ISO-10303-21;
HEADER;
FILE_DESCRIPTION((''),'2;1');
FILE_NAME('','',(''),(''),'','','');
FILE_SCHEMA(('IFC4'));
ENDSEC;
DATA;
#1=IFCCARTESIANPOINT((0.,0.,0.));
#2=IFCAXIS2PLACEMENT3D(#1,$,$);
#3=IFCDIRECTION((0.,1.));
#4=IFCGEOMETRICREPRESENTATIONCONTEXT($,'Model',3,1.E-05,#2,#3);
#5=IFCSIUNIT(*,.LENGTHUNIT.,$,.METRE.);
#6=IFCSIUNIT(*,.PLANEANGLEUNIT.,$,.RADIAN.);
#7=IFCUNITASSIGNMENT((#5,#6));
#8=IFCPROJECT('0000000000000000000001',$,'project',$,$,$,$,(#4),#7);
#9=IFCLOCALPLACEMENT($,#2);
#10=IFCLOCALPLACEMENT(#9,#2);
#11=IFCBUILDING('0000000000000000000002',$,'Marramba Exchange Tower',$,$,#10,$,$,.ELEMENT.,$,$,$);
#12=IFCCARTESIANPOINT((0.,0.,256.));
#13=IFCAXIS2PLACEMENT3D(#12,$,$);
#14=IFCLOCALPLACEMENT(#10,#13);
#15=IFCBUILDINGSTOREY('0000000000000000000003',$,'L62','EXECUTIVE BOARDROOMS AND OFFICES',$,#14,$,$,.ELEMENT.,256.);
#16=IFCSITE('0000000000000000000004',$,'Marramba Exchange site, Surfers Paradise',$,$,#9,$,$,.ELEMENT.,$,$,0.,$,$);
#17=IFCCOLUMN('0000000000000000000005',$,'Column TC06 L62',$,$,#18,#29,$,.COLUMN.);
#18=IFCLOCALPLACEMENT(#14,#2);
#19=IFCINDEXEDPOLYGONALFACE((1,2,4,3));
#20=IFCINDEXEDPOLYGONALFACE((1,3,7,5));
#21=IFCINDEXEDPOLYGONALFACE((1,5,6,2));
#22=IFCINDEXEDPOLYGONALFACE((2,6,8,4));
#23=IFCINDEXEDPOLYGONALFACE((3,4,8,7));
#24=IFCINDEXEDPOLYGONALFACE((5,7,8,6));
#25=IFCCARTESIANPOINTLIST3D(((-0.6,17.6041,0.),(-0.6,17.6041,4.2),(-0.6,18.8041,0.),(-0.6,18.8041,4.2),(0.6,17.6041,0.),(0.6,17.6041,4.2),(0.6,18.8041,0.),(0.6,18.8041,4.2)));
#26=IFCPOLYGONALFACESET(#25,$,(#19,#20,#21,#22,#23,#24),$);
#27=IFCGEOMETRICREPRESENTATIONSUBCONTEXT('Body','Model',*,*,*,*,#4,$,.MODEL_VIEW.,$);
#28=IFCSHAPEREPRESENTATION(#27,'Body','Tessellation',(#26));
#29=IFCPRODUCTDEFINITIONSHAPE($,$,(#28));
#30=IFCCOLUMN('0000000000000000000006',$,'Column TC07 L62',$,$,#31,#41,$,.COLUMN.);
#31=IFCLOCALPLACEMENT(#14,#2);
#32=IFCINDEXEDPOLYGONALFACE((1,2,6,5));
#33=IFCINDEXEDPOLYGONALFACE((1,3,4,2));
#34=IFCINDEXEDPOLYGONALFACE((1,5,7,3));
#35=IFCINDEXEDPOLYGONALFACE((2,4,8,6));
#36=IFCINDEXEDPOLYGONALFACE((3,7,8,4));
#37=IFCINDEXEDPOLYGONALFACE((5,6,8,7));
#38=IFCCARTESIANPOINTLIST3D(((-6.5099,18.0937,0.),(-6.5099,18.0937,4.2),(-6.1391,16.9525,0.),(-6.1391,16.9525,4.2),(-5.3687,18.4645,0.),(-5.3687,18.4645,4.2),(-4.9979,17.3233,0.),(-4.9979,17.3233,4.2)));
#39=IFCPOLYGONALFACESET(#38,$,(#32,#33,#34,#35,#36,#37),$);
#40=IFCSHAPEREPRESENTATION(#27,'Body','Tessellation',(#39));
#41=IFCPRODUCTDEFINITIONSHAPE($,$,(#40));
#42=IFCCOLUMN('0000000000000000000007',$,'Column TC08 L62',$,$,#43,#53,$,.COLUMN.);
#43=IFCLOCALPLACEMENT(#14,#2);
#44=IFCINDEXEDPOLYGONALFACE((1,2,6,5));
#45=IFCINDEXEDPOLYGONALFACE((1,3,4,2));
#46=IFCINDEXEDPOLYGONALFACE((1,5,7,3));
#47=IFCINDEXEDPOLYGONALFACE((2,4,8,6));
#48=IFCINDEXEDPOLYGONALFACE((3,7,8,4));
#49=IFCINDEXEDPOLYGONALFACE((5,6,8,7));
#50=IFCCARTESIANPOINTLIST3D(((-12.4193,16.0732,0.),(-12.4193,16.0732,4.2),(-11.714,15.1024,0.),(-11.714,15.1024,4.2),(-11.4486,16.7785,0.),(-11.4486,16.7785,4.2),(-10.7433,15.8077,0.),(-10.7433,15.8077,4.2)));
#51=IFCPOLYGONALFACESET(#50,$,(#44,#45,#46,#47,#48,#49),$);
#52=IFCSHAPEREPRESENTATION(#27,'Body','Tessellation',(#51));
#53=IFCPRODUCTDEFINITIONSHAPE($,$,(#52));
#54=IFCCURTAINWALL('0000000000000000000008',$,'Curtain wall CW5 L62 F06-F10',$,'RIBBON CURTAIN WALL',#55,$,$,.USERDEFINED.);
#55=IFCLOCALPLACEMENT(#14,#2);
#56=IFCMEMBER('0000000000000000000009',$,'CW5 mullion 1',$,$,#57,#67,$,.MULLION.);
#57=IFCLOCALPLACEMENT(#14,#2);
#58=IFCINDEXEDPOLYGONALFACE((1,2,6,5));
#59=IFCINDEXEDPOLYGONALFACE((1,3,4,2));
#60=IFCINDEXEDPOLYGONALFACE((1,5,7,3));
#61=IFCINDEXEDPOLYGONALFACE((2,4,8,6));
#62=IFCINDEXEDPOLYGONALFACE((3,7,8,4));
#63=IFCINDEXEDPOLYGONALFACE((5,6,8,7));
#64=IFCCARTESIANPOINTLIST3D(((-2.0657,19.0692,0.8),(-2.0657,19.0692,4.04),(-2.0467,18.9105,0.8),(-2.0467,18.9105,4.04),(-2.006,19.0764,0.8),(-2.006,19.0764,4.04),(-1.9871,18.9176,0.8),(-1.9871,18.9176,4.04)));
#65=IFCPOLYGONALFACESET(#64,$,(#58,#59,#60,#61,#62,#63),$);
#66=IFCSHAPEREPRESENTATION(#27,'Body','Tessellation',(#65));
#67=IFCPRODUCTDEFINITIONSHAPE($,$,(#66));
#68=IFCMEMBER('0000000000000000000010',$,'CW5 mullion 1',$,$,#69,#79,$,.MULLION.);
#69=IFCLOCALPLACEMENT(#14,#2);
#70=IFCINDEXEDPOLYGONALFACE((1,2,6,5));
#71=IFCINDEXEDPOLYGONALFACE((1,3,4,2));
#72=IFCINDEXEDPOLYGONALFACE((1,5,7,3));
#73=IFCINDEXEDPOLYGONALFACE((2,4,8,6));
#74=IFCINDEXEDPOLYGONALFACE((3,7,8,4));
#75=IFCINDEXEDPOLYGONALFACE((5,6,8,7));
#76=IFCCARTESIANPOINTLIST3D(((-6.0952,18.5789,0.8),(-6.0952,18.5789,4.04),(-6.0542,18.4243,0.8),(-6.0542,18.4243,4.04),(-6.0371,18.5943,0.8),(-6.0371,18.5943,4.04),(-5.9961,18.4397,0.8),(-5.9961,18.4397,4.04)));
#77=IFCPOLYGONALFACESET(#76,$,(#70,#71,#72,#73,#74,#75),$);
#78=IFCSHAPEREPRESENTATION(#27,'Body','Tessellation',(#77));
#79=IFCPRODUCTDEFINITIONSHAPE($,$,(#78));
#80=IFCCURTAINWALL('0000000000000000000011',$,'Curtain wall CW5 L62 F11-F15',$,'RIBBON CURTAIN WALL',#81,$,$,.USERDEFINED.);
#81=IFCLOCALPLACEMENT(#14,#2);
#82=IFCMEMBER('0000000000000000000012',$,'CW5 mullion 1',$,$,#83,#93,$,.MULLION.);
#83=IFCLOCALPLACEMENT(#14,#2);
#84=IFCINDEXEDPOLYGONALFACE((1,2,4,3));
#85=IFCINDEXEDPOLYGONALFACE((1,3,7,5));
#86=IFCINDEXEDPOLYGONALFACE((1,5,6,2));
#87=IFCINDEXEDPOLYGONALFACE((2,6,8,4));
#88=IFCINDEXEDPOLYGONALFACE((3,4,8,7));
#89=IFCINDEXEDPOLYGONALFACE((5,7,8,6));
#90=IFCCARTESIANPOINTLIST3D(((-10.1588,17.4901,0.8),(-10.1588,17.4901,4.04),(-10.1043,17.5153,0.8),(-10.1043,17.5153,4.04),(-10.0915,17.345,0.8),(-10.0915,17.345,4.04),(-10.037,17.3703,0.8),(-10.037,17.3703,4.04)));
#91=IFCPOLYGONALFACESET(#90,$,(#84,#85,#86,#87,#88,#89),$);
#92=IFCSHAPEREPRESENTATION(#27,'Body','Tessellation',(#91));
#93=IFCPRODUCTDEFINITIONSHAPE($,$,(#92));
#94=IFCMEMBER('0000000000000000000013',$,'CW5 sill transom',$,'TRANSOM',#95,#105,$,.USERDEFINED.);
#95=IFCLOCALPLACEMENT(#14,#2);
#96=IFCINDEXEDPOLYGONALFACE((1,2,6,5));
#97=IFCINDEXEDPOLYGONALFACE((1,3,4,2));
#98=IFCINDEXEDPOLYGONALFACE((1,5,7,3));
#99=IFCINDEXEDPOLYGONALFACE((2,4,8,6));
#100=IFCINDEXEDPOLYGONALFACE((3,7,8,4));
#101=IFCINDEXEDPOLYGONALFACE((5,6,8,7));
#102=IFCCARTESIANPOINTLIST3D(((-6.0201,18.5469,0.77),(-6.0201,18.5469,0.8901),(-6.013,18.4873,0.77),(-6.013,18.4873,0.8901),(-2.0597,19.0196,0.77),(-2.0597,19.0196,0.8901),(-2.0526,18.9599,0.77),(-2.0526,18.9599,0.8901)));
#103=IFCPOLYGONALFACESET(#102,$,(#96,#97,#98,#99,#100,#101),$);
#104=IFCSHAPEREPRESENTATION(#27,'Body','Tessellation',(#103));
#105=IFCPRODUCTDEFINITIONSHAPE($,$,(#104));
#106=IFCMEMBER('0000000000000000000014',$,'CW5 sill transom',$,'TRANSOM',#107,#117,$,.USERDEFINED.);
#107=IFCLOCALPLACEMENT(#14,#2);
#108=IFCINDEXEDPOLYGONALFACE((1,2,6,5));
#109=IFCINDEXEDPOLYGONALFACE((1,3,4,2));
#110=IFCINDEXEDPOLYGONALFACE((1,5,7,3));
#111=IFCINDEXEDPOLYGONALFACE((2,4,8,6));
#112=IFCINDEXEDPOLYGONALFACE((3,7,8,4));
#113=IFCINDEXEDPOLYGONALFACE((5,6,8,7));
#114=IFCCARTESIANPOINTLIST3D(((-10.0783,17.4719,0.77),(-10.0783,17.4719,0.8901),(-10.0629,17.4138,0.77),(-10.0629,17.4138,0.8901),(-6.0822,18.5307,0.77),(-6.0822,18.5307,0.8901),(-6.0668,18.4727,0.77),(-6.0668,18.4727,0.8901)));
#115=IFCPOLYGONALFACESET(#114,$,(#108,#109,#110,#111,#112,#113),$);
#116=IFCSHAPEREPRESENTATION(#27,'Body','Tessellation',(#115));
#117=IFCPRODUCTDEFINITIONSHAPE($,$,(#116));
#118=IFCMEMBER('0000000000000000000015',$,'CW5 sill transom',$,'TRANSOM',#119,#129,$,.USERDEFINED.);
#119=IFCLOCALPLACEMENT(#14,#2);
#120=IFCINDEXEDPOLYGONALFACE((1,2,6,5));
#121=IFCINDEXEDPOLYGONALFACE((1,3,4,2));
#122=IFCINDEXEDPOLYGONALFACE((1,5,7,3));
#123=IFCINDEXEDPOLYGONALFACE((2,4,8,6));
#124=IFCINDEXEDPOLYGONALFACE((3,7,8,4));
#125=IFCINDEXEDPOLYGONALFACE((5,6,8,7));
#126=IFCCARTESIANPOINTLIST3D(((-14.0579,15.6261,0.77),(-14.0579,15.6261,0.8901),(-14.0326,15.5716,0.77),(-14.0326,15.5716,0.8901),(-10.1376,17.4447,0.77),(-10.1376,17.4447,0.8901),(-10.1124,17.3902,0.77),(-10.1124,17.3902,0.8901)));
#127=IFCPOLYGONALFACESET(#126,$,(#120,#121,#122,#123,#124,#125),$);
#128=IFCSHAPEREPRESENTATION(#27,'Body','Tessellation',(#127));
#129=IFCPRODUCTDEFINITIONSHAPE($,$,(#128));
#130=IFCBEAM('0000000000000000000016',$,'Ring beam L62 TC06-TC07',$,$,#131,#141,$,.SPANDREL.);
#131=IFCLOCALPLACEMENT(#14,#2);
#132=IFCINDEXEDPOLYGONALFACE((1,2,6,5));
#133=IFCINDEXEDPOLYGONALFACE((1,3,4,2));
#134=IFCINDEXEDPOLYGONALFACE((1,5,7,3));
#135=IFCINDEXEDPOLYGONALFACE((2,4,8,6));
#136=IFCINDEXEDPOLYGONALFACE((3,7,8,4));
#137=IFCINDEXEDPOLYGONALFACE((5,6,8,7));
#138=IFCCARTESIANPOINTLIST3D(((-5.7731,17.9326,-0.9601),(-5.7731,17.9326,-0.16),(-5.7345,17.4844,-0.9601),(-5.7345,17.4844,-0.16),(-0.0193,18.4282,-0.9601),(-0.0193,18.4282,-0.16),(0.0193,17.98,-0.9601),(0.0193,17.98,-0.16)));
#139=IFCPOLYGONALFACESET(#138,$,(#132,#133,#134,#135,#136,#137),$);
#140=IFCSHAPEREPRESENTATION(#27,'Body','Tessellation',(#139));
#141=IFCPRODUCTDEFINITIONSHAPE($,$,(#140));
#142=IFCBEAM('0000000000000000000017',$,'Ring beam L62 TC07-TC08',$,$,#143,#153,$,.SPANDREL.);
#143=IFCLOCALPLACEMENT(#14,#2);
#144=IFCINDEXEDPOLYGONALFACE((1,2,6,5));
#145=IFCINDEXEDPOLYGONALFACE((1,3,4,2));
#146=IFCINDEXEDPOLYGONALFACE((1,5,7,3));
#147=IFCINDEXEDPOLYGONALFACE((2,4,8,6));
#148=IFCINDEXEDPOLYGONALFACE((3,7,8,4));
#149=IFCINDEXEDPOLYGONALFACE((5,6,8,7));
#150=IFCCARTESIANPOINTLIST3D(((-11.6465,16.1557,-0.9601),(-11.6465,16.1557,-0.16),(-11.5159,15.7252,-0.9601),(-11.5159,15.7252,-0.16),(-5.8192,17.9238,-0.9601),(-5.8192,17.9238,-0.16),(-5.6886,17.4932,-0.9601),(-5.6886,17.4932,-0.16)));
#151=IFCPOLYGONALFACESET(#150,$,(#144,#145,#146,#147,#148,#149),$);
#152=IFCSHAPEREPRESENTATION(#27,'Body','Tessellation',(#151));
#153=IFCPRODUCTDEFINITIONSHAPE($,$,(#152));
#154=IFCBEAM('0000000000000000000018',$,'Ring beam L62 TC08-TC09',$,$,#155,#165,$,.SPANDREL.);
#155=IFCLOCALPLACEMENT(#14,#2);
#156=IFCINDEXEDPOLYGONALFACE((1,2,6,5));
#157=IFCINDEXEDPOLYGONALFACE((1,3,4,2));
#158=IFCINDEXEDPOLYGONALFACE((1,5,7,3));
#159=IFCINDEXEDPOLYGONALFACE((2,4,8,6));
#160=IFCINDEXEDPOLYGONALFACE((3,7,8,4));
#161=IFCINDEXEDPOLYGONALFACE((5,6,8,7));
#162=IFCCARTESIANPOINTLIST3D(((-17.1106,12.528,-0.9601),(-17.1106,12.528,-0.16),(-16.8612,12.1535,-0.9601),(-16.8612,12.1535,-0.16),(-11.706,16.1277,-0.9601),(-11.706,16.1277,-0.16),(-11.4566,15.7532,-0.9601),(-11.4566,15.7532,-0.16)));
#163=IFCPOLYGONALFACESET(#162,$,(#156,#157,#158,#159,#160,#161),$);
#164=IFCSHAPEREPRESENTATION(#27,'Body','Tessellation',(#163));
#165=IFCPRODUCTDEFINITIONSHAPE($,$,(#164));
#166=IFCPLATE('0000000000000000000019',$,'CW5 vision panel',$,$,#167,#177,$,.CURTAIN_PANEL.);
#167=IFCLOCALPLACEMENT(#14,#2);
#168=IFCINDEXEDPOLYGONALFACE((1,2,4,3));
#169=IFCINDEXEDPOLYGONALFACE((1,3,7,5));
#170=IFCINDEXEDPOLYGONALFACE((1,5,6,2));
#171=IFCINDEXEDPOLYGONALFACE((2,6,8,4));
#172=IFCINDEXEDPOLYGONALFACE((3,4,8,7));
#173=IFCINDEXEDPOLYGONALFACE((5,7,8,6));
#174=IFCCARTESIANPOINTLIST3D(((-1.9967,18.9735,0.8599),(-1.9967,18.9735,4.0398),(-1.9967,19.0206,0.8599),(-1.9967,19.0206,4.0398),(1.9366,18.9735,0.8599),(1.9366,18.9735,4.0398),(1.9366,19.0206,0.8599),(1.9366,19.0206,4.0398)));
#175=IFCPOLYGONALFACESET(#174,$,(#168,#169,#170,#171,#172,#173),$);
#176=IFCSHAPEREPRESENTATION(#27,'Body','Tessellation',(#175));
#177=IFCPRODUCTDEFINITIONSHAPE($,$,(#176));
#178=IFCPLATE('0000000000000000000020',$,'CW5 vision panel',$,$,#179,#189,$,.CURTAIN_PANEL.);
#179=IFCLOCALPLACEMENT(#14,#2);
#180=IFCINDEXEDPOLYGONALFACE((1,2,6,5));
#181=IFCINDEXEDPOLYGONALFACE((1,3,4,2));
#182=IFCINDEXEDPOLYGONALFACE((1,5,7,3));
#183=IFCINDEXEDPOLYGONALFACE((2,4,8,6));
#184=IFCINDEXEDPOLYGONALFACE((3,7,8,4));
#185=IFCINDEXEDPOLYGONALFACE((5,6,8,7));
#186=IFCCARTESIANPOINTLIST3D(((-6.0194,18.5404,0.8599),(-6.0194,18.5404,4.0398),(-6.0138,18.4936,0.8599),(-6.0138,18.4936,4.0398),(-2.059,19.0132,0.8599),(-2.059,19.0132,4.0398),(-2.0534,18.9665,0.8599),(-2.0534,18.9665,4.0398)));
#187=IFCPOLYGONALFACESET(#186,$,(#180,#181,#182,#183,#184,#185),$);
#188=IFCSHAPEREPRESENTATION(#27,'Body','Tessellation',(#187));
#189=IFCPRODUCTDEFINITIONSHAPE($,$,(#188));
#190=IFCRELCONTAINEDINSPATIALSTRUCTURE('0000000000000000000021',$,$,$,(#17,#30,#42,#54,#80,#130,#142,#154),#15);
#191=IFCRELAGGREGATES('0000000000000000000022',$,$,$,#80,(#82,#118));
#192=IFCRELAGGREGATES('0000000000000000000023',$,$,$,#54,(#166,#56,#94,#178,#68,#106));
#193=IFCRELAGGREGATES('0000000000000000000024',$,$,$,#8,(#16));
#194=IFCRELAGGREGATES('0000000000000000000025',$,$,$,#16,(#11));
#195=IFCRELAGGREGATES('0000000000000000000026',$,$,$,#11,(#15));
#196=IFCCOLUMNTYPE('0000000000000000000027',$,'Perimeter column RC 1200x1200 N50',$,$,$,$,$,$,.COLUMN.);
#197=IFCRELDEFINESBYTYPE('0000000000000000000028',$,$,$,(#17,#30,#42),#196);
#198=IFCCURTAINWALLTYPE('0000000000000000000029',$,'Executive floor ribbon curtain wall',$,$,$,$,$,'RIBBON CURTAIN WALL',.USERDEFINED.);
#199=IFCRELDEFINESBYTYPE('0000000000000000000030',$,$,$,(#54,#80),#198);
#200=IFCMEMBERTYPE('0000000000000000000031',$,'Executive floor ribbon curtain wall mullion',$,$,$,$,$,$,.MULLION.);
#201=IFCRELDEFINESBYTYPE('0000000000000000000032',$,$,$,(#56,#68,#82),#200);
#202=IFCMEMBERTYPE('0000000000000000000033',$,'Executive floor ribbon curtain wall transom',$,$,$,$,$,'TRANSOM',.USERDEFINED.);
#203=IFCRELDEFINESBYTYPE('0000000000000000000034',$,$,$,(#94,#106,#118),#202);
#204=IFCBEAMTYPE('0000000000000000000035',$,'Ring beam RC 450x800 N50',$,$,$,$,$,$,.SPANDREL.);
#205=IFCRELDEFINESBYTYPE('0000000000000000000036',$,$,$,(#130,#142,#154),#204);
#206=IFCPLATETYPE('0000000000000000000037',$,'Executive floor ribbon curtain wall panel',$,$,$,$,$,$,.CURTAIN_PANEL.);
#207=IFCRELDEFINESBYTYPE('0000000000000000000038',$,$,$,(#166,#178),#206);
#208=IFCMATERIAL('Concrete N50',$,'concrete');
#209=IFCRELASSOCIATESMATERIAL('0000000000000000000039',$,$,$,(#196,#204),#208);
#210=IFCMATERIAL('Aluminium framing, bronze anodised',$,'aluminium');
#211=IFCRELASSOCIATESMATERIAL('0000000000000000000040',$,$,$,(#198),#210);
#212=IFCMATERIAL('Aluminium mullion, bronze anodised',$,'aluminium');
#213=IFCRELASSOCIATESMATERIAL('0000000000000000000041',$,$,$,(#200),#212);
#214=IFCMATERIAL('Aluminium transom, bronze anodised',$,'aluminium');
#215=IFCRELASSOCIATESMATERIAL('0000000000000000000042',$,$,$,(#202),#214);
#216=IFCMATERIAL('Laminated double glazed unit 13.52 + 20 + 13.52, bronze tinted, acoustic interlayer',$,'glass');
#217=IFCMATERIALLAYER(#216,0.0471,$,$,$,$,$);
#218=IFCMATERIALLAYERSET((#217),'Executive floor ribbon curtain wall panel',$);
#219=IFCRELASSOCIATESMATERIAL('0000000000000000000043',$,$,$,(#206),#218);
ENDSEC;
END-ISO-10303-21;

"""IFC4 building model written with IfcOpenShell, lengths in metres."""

from ifc_helpers import new_model, si_unit, direction, frame, origin, origin_2d, place, context, subcontext, project, spatial, rectangle, extrude, material, layer, layer_set, material_profile, profile_set, type_object, element, aggregate, save


model = new_model("IFC4")

# Units and contexts
model_context = context("Model", 3, precision=1e-05, world=origin(), true_north=direction((0.0, 1.0)))
body_context = subcontext(model_context, "Body", "Model", "MODEL_VIEW")
ifc_project = project(units=[si_unit("LENGTHUNIT", "METRE"), si_unit("PLANEANGLEUNIT", "RADIAN")], contexts=[model_context])

# Site, building, storey
site_placement = place(None, origin())
site = spatial("IfcSite", under=ifc_project, at=site_placement, Name="Marramba Exchange site, Surfers Paradise", CompositionType="ELEMENT", RefElevation=0.0)
building_placement = place(site_placement, origin())
building = spatial("IfcBuilding", under=site, at=building_placement, Name="Marramba Exchange Tower", CompositionType="ELEMENT")
storey_placement = place(building_placement, frame((0.0, 0.0, 256.0)))
storey = spatial("IfcBuildingStorey", under=building, at=storey_placement, Name="L62", Description="EXECUTIVE BOARDROOMS AND OFFICES", CompositionType="ELEMENT", Elevation=256.0)

# Columns
ifc_material_1 = material(Name="Concrete N50", Category="concrete")
ifc_material_profile_1 = material_profile(ifc_material_1, rectangle(XDim=1.2, YDim=1.2, at=origin_2d()), Name="RC 1200x1200")
ifc_profile_set_1 = profile_set([ifc_material_profile_1], Name="Concrete N50")
column_type = type_object("IfcColumnType", Name="Perimeter column RC 1200x1200 N50", PredefinedType="COLUMN", material=ifc_profile_set_1)
for number, where, z_axis, x_axis, name in (
    (1, (0.0, 18.2041, 0.0), (0.0, 0.0, 1.0), (0.0, 1.0, 0.0), "Column TC06 L62"),
    (2, (-5.7539, 17.7085, 0.0), (0.0, 0.0, 1.0), (-0.309017, 0.951057, 0.0), "Column TC07 L62"),
    (3, (-11.5813, 15.9404, 0.0), (0.0, 0.0, 1.0), (-0.587785, 0.809017, 0.0), "Column TC08 L62"),
):
    element("IfcColumn", number, at=place(storey_placement, frame(where, z_axis=z_axis, x_axis=x_axis)), inside=storey, type_object=column_type, Name=name, PredefinedType="COLUMN", context=body_context, shape_type="SweptSolid", body=[
        extrude(rectangle(XDim=1.2, YDim=1.2, at=origin_2d()), origin(), (0.0, 0.0, 1.0), 4.2),
    ])

# Curtain wall, members
ifc_material_2 = material(Name="Aluminium framing, bronze anodised", Category="aluminium")
curtain_wall_type = type_object("IfcCurtainWallType", Name="Executive floor ribbon curtain wall", ElementType="RIBBON CURTAIN WALL", PredefinedType="USERDEFINED", material=ifc_material_2)
curtain_wall_1_placement = place(storey_placement, origin())
curtain_wall_1 = element("IfcCurtainWall", 4, at=curtain_wall_1_placement, inside=storey, type_object=curtain_wall_type, Name="Curtain wall CW5 L62 F06-F10", ObjectType="RIBBON CURTAIN WALL", PredefinedType="USERDEFINED")
ifc_material_3 = material(Name="Aluminium mullion, bronze anodised", Category="aluminium")
ifc_material_profile_2 = material_profile(ifc_material_3, rectangle(XDim=0.1599, YDim=0.0601, at=origin_2d()), Name="CW5 mullion 60x160")
ifc_profile_set_2 = profile_set([ifc_material_profile_2], Name="Aluminium mullion, bronze anodised")
member_type_1 = type_object("IfcMemberType", Name="Executive floor ribbon curtain wall mullion", PredefinedType="MULLION", material=ifc_profile_set_2)
member_1_placement = place(storey_placement, frame((-2.0264, 18.9934, 0.8), z_axis=(0.0, 0.0, 1.0), x_axis=(0.118557, -0.992947, 0.0)))
member_1 = element("IfcMember", 5, at=member_1_placement, type_object=member_type_1, Name="CW5 mullion 1", PredefinedType="MULLION", context=body_context, shape_type="SweptSolid", body=[
    extrude(rectangle(XDim=0.1599, YDim=0.0601, at=origin_2d()), origin(), (0.0, 0.0, 1.0), 3.24),
])
member_2_placement = place(storey_placement, frame((-6.0457, 18.5093, 0.8), z_axis=(0.0, 0.0, 1.0), x_axis=(0.256126, -0.966644, 0.0)))
member_2 = element("IfcMember", 6, at=member_2_placement, type_object=member_type_1, Name="CW5 mullion 1", PredefinedType="MULLION", context=body_context, shape_type="SweptSolid", body=[
    extrude(rectangle(XDim=0.1599, YDim=0.0601, at=origin_2d()), origin(), (0.0, 0.0, 1.0), 3.24),
])

# Curtain wall, member
curtain_wall_2_placement = place(storey_placement, origin())
curtain_wall_2 = element("IfcCurtainWall", 7, at=curtain_wall_2_placement, inside=storey, type_object=curtain_wall_type, Name="Curtain wall CW5 L62 F11-F15", ObjectType="RIBBON CURTAIN WALL", PredefinedType="USERDEFINED")
member_3_placement = place(storey_placement, frame((-10.0979, 17.4302, 0.8), z_axis=(0.0, 0.0, 1.0), x_axis=(0.420849, -0.907131, 0.0)))
member_3 = element("IfcMember", 8, at=member_3_placement, type_object=member_type_1, Name="CW5 mullion 1", PredefinedType="MULLION", context=body_context, shape_type="SweptSolid", body=[
    extrude(rectangle(XDim=0.1599, YDim=0.0601, at=origin_2d()), origin(), (0.0, 0.0, 1.0), 3.24),
])

# Members
ifc_material_4 = material(Name="Aluminium transom, bronze anodised", Category="aluminium")
ifc_material_profile_3 = material_profile(ifc_material_4, rectangle(XDim=0.0601, YDim=0.1201, at=origin_2d()), Name="CW5 transom 60x120")
ifc_profile_set_3 = profile_set([ifc_material_profile_3], Name="Aluminium transom, bronze anodised")
member_type_2 = type_object("IfcMemberType", Name="Executive floor ribbon curtain wall transom", ElementType="TRANSOM", PredefinedType="USERDEFINED", material=ifc_profile_set_3)
member_4_placement = place(storey_placement, frame((-2.0562, 18.9897, 0.8301), z_axis=(-0.992954, -0.118503, 0.0), x_axis=(0.118503, -0.992954, 0.0)))
member_4 = element("IfcMember", 9, at=member_4_placement, type_object=member_type_2, Name="CW5 sill transom", ObjectType="TRANSOM", PredefinedType="USERDEFINED", context=body_context, shape_type="SweptSolid", body=[
    extrude(rectangle(XDim=0.0601, YDim=0.1201, at=origin_2d()), origin(), (0.0, 0.0, 1.0), 3.9885),
])
member_5_placement = place(storey_placement, frame((-6.0745, 18.5017, 0.8301), z_axis=(-0.966642, -0.25613, 0.0), x_axis=(0.25613, -0.966642, 0.0)))
member_5 = element("IfcMember", 10, at=member_5_placement, type_object=member_type_2, Name="CW5 sill transom", ObjectType="TRANSOM", PredefinedType="USERDEFINED", context=body_context, shape_type="SweptSolid", body=[
    extrude(rectangle(XDim=0.0601, YDim=0.1201, at=origin_2d()), origin(), (0.0, 0.0, 1.0), 4.134),
])
member_6_placement = place(storey_placement, frame((-10.125, 17.4175, 0.8301), z_axis=(-0.907139, -0.420831, 0.0), x_axis=(0.420831, -0.907139, 0.0)))
member_6 = element("IfcMember", 11, at=member_6_placement, type_object=member_type_2, Name="CW5 sill transom", ObjectType="TRANSOM", PredefinedType="USERDEFINED", context=body_context, shape_type="SweptSolid", body=[
    extrude(rectangle(XDim=0.0601, YDim=0.1201, at=origin_2d()), origin(), (0.0, 0.0, 1.0), 4.3215),
])
aggregate(curtain_wall_2, [member_3, member_6])

# Beams
ifc_material_profile_4 = material_profile(ifc_material_1, rectangle(XDim=0.45, YDim=0.8, at=origin_2d()), Name="RC 450x800")
ifc_profile_set_4 = profile_set([ifc_material_profile_4], Name="Concrete N50")
beam_type = type_object("IfcBeamType", Name="Ring beam RC 450x800 N50", PredefinedType="SPANDREL", material=ifc_profile_set_4)
beam_1_placement = place(storey_placement, frame((0.0, 18.2041, -0.5601), z_axis=(-0.996311, -0.085816, 0.0), x_axis=(0.085816, -0.996311, 0.0)))
element("IfcBeam", 12, at=beam_1_placement, inside=storey, type_object=beam_type, Name="Ring beam L62 TC06-TC07", PredefinedType="SPANDREL", context=body_context, shape_type="SweptSolid", body=[
    extrude(rectangle(XDim=0.45, YDim=0.8, at=origin_2d()), origin(), (0.0, 0.0, 1.0), 5.7751),
])
beam_2_placement = place(storey_placement, frame((-5.7539, 17.7085, -0.5601), z_axis=(-0.956925, -0.290337, 0.0), x_axis=(0.290337, -0.956925, 0.0)))
element("IfcBeam", 13, at=beam_2_placement, inside=storey, type_object=beam_type, Name="Ring beam L62 TC07-TC08", PredefinedType="SPANDREL", context=body_context, shape_type="SweptSolid", body=[
    extrude(rectangle(XDim=0.45, YDim=0.8, at=origin_2d()), origin(), (0.0, 0.0, 1.0), 6.0896),
])
beam_3_placement = place(storey_placement, frame((-11.5813, 15.9404, -0.5601), z_axis=(-0.832293, -0.554336, 0.0), x_axis=(0.554336, -0.832293, 0.0)))
element("IfcBeam", 14, at=beam_3_placement, inside=storey, type_object=beam_type, Name="Ring beam L62 TC08-TC09", PredefinedType="SPANDREL", context=body_context, shape_type="SweptSolid", body=[
    extrude(rectangle(XDim=0.45, YDim=0.8, at=origin_2d()), origin(), (0.0, 0.0, 1.0), 6.4937),
])

# Plates
ifc_material_5 = material(Name="Laminated double glazed unit 13.52 + 20 + 13.52, bronze tinted, acoustic interlayer", Category="glass")
ifc_layer_1 = layer(ifc_material_5, 0.0471)
ifc_layer_set_1 = layer_set([ifc_layer_1], Name="Executive floor ribbon curtain wall panel")
plate_type = type_object("IfcPlateType", Name="Executive floor ribbon curtain wall panel", PredefinedType="CURTAIN_PANEL", material=ifc_layer_set_1)
plate_1_placement = place(storey_placement, frame((-0.03, 18.9971, 0.8599), z_axis=(0.0, 0.0, 1.0), x_axis=(-1.0, 0.0, 0.0)))
plate_1 = element("IfcPlate", 15, at=plate_1_placement, type_object=plate_type, Name="CW5 vision panel", PredefinedType="CURTAIN_PANEL", context=body_context, shape_type="SweptSolid", body=[
    extrude(rectangle(XDim=3.9333, YDim=0.0471, at=origin_2d()), origin(), (0.0, 0.0, 1.0), 3.1799),
])
plate_2_placement = place(storey_placement, frame((-4.0364, 18.7534, 0.8599), z_axis=(0.0, 0.0, 1.0), x_axis=(-0.992947, -0.118557, 0.0)))
plate_2 = element("IfcPlate", 16, at=plate_2_placement, type_object=plate_type, Name="CW5 vision panel", PredefinedType="CURTAIN_PANEL", context=body_context, shape_type="SweptSolid", body=[
    extrude(rectangle(XDim=3.9885, YDim=0.0471, at=origin_2d()), origin(), (0.0, 0.0, 1.0), 3.1799),
])
aggregate(curtain_wall_1, [plate_1, member_1, member_4, plate_2, member_2, member_5])

save(model, "model.ifc")
